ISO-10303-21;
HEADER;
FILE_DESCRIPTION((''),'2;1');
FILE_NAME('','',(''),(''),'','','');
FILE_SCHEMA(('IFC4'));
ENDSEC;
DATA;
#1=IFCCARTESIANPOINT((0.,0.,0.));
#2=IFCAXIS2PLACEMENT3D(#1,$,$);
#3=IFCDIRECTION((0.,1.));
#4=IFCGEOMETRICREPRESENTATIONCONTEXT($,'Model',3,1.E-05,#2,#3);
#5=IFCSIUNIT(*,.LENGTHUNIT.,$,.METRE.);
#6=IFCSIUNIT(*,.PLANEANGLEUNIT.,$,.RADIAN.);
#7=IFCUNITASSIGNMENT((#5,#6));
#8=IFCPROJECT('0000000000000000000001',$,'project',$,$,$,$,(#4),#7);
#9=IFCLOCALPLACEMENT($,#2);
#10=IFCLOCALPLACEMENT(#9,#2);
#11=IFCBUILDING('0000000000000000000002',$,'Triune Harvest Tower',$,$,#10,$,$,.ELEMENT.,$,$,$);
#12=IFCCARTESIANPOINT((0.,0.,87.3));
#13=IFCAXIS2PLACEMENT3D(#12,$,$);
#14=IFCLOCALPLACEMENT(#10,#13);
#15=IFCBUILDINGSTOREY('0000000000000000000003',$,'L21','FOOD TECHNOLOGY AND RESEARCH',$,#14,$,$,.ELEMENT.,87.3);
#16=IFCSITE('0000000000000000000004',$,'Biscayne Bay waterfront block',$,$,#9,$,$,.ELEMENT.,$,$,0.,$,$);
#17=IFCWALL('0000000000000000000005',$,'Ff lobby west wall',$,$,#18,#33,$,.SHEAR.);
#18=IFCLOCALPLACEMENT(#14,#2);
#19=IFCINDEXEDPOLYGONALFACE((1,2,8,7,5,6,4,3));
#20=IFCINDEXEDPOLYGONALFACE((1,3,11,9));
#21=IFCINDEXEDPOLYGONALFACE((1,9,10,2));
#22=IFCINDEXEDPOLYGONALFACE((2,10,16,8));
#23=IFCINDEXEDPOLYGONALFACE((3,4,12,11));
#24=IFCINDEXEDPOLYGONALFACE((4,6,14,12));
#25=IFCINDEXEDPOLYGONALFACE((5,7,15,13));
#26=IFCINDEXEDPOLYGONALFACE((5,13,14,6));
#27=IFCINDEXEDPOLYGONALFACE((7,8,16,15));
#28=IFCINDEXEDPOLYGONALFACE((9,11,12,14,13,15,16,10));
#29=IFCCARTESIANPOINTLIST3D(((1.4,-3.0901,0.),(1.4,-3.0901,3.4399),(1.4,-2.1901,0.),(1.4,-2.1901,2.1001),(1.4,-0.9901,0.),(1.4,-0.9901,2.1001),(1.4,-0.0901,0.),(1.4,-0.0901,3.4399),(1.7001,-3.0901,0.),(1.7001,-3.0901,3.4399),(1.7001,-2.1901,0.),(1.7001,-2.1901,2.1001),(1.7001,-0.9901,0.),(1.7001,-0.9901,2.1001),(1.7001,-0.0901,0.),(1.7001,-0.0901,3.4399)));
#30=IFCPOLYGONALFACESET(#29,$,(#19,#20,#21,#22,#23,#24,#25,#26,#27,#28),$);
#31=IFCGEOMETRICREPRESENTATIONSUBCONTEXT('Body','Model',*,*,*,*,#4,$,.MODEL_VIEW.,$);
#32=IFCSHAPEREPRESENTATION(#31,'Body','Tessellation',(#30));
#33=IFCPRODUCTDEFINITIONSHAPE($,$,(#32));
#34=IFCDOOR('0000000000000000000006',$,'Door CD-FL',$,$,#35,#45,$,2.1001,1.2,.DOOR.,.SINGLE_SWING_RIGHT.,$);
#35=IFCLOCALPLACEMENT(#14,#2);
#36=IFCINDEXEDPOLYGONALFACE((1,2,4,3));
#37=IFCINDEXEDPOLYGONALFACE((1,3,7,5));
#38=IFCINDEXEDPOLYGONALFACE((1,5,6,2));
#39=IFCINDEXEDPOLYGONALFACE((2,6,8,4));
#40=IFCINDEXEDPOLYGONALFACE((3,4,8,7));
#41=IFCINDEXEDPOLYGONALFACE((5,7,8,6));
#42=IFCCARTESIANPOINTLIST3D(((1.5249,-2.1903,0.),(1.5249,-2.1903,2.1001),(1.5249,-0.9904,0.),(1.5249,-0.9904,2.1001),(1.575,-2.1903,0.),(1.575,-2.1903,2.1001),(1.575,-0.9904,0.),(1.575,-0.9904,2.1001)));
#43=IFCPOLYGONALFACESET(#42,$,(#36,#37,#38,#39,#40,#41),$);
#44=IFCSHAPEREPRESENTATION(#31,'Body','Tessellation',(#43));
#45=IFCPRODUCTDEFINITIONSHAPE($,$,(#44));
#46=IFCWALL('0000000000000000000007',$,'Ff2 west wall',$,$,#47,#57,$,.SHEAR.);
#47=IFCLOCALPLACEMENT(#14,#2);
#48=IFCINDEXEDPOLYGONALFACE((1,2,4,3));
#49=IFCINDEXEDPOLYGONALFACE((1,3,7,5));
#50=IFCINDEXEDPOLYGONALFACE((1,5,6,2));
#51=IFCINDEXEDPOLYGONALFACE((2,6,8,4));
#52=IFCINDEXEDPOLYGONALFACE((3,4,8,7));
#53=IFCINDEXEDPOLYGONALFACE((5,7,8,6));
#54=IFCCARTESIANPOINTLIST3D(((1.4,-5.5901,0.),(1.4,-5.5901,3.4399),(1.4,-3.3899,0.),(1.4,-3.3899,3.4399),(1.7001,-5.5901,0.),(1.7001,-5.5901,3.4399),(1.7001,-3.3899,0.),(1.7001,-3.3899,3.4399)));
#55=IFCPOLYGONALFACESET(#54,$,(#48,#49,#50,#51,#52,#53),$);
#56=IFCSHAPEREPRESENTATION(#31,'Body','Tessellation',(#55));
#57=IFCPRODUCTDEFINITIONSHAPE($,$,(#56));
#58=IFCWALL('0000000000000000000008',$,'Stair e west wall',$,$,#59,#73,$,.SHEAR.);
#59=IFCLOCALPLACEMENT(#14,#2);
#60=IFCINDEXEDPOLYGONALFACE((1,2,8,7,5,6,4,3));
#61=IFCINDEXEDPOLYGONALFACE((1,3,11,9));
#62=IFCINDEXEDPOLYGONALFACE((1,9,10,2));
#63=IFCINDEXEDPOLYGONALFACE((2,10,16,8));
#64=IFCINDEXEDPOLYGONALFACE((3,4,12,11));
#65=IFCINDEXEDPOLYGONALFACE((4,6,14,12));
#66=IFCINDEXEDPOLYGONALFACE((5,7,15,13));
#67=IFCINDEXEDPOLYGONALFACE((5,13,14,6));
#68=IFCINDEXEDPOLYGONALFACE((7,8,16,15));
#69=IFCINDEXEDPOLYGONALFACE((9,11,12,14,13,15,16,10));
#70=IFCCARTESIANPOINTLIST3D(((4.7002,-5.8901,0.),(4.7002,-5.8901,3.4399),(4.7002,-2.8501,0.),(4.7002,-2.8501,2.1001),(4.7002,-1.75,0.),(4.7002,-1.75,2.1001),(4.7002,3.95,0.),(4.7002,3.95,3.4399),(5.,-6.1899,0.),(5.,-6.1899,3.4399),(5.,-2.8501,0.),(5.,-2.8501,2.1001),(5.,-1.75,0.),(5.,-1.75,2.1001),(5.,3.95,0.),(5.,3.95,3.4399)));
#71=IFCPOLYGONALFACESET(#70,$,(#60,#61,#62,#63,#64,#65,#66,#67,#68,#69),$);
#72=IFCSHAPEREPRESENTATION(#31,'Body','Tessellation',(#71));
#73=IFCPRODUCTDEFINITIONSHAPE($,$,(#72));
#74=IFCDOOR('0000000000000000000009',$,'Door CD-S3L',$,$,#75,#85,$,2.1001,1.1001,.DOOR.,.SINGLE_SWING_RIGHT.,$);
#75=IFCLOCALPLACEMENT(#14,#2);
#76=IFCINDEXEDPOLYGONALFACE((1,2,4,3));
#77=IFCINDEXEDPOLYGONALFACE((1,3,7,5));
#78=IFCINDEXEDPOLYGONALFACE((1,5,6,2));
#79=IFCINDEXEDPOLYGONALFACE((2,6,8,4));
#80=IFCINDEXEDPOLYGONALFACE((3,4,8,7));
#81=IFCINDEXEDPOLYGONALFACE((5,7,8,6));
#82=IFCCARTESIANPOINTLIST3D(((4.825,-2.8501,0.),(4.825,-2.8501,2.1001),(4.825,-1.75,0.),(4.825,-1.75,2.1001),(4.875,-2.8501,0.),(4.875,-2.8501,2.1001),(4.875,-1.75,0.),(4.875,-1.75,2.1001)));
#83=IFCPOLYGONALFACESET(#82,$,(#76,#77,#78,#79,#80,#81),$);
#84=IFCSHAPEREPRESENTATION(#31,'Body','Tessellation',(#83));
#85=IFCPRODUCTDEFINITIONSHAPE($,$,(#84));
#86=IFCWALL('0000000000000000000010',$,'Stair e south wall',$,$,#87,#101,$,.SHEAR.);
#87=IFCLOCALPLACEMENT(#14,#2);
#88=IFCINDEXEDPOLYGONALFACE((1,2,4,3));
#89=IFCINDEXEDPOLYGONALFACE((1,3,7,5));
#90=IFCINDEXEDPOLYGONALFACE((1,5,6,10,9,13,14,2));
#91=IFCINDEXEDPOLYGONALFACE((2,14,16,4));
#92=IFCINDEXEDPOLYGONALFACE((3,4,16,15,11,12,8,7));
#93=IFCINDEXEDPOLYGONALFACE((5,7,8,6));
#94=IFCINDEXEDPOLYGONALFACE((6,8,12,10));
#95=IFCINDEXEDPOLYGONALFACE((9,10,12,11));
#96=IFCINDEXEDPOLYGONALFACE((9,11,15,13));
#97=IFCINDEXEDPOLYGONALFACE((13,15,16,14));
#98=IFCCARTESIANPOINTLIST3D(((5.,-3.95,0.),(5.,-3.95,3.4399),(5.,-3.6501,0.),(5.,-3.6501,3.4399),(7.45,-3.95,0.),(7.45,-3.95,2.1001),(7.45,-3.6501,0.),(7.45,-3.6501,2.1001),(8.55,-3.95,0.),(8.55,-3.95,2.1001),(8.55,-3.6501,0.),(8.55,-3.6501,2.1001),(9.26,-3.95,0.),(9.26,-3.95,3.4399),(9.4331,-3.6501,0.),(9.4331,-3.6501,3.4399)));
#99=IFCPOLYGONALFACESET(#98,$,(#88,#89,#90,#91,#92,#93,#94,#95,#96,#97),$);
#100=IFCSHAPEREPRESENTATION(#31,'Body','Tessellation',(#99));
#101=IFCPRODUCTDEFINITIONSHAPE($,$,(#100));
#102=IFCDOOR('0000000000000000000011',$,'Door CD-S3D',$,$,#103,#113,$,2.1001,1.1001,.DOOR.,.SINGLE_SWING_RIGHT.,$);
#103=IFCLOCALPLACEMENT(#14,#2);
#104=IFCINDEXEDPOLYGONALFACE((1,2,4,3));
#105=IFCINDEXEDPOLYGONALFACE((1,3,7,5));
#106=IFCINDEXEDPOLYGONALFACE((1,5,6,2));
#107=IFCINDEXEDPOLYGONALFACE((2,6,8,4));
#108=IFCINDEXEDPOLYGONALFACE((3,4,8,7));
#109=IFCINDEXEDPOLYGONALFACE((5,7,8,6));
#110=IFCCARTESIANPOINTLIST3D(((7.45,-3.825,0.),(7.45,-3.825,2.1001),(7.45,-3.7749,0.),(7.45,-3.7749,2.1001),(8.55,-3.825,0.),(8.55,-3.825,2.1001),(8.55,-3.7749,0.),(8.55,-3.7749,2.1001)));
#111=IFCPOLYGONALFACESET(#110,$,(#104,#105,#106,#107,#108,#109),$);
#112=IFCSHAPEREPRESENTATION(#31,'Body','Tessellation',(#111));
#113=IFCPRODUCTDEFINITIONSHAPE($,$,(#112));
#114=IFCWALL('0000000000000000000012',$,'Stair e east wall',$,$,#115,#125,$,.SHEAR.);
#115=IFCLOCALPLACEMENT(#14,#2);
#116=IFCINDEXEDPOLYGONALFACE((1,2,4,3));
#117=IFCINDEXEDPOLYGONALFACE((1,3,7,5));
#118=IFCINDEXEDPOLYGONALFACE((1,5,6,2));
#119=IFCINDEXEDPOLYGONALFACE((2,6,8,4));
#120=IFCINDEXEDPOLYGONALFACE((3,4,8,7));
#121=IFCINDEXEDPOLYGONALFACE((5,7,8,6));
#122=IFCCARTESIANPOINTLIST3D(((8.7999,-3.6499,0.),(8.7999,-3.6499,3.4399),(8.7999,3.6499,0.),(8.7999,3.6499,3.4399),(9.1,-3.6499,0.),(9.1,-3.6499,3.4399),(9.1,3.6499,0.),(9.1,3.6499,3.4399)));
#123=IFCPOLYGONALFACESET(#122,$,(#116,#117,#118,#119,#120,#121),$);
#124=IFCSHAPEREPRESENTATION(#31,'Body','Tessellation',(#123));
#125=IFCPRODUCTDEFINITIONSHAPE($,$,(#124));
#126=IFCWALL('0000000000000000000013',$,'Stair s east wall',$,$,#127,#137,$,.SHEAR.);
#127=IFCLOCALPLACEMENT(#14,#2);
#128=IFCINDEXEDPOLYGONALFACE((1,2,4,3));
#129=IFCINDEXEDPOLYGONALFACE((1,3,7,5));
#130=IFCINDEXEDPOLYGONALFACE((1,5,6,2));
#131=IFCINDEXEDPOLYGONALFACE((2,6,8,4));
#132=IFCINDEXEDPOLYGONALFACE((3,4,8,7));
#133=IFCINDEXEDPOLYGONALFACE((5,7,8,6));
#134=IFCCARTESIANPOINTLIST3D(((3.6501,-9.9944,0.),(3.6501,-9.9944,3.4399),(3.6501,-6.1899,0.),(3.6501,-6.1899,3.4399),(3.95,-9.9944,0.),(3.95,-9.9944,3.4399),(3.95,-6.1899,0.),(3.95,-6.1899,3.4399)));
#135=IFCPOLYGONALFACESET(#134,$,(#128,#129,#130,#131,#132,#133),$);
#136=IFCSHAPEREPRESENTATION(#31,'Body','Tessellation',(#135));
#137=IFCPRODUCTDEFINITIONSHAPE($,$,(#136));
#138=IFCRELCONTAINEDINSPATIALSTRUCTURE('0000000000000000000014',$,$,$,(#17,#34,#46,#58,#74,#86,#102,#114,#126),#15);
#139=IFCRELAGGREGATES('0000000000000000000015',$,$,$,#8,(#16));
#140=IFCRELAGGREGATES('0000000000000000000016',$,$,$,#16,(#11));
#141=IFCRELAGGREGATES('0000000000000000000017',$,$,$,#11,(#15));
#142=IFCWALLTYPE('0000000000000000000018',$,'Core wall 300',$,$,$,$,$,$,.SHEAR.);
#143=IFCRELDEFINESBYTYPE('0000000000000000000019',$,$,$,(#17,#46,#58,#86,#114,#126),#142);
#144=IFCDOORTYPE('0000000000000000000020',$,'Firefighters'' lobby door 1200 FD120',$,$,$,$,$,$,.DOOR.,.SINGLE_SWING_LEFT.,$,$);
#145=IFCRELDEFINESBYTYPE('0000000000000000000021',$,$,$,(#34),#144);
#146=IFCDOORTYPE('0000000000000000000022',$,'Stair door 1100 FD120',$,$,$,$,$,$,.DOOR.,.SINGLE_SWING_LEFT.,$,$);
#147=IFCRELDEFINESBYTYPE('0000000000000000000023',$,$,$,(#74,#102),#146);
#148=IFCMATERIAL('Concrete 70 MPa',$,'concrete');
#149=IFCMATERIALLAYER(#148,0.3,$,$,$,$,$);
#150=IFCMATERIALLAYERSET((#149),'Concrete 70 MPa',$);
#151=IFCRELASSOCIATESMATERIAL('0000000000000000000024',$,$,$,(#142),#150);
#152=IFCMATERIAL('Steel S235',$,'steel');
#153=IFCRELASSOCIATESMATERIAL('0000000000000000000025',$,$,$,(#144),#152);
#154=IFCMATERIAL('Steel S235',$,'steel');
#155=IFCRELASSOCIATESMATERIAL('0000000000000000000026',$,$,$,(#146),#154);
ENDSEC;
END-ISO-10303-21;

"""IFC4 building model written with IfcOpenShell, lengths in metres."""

from ifc_helpers import new_model, si_unit, direction, frame, frame_2d, origin, place, context, subcontext, project, spatial, polyline, rectangle, outline, extrude, source, transform, mapped, material, layer, layer_set, type_object, element, fill, save


model = new_model("IFC4")

# Units and contexts
model_context = context("Model", 3, precision=1e-05, world=origin(), true_north=direction((0.0, 1.0)))
body_context = subcontext(model_context, "Body", "Model", "MODEL_VIEW")
ifc_project = project(units=[si_unit("LENGTHUNIT", "METRE"), si_unit("PLANEANGLEUNIT", "RADIAN")], contexts=[model_context])

# Site, building, storey
site_placement = place(None, origin())
site = spatial("IfcSite", under=ifc_project, at=site_placement, Name="Biscayne Bay waterfront block", CompositionType="ELEMENT", RefElevation=0.0)
building_placement = place(site_placement, origin())
building = spatial("IfcBuilding", under=site, at=building_placement, Name="Triune Harvest Tower", CompositionType="ELEMENT")
storey_placement = place(building_placement, frame((0.0, 0.0, 87.3)))
storey = spatial("IfcBuildingStorey", under=building, at=storey_placement, Name="L21", Description="FOOD TECHNOLOGY AND RESEARCH", CompositionType="ELEMENT", Elevation=87.3)

# Shared definitions
ifc_material_1 = material(Name="Concrete 70 MPa", Category="concrete")
ifc_layer_1 = layer(ifc_material_1, 0.3)
ifc_layer_set_1 = layer_set([ifc_layer_1], Name="Concrete 70 MPa")
wall_type_1 = type_object("IfcWallType", Name="Core wall 300", PredefinedType="SHEAR", material=ifc_layer_set_1)

# Wall, opening, door
shared_shape_1 = source(origin(), body_context, "Body", "SweptSolid", [
    extrude(rectangle(XDim=3.0, YDim=0.3, at=frame_2d((1.5, 0.0))), origin(), (0.0, 0.0, 1.0), 3.4399),
])
wall_1_placement = place(storey_placement, frame((1.55, -3.0901, 0.0), z_axis=(0.0, 0.0, 1.0), x_axis=(0.0, 1.0, 0.0)))
wall_1 = element("IfcWall", 1, at=wall_1_placement, inside=storey, type_object=wall_type_1, Name="Ff lobby west wall", PredefinedType="SHEAR", context=body_context, shape_type="MappedRepresentation", body=[
    mapped(shared_shape_1, transform((0.0, 0.0, 0.0), scale=1.0)),
])
opening_1_placement = place(wall_1_placement, frame((0.8999, 0.0, 0.0)))
opening_1 = element("IfcOpeningElement", 2, at=opening_1_placement, cuts=wall_1, PredefinedType="OPENING", context=body_context, shape_type="SweptSolid", body=[
    extrude(rectangle(XDim=1.2, YDim=2.1001, at=frame_2d((0.6001, 1.05))), frame((0.0, 0.1602, 0.0), z_axis=(0.0, -1.0, 0.0), x_axis=(1.0, 0.0, 0.0)), (0.0, 0.0, 1.0), 0.3201),
])
ifc_material_2 = material(Name="Steel S235", Category="steel")
door_type_1 = type_object("IfcDoorType", Name="Firefighters' lobby door 1200 FD120", OperationType="SINGLE_SWING_LEFT", PredefinedType="DOOR", material=ifc_material_2)
door_1_placement = place(opening_1_placement, frame((1.2, 0.0, 0.0), z_axis=(0.0, 0.0, 1.0), x_axis=(-1.0, 0.0, 0.0)))
door_1 = element("IfcDoor", 3, at=door_1_placement, inside=storey, type_object=door_type_1, Name="Door CD-FL", OperationType="SINGLE_SWING_RIGHT", OverallHeight=2.1001, OverallWidth=1.2, PredefinedType="DOOR", context=body_context, shape_type="SweptSolid", body=[
    extrude(rectangle(XDim=1.2, YDim=2.1001, at=frame_2d((0.6001, 1.05))), frame((0.0, 0.0249, 0.0), z_axis=(0.0, -1.0, 0.0), x_axis=(1.0, 0.0, 0.0)), (0.0, 0.0, 1.0), 0.05),
])
fill(opening_1, door_1)

# Wall
shared_shape_2 = source(origin(), body_context, "Body", "SweptSolid", [
    extrude(rectangle(XDim=2.2002, YDim=0.3, at=frame_2d((1.1001, 0.0))), origin(), (0.0, 0.0, 1.0), 3.4399),
])
wall_2_placement = place(storey_placement, frame((1.55, -5.5901, 0.0), z_axis=(0.0, 0.0, 1.0), x_axis=(0.0, 1.0, 0.0)))
element("IfcWall", 4, at=wall_2_placement, inside=storey, type_object=wall_type_1, Name="Ff2 west wall", PredefinedType="SHEAR", context=body_context, shape_type="MappedRepresentation", body=[
    mapped(shared_shape_2, transform((0.0, 0.0, 0.0), scale=1.0)),
])

# Walls, openings, doors
shared_shape_3 = source(origin(), body_context, "Body", "SweptSolid", [
    extrude(outline(polyline([(-0.1499, -0.1499), (9.99, -0.1499), (9.99, 0.1499), (0.1499, 0.1499), (-0.1499, -0.1499)])), origin(), (0.0, 0.0, 1.0), 3.4399),
])
wall_3_placement = place(storey_placement, frame((4.8501, -6.04, 0.0), z_axis=(0.0, 0.0, 1.0), x_axis=(0.0, 1.0, 0.0)))
wall_3 = element("IfcWall", 5, at=wall_3_placement, inside=storey, type_object=wall_type_1, Name="Stair e west wall", PredefinedType="SHEAR", context=body_context, shape_type="MappedRepresentation", body=[
    mapped(shared_shape_3, transform((0.0, 0.0, 0.0), scale=1.0)),
])
opening_2_placement = place(wall_3_placement, frame((3.1899, 0.0, 0.0)))
opening_2 = element("IfcOpeningElement", 6, at=opening_2_placement, cuts=wall_3, PredefinedType="OPENING", context=body_context, shape_type="SweptSolid", body=[
    extrude(rectangle(XDim=1.1001, YDim=2.1001, at=frame_2d((0.55, 1.05))), frame((0.0, 0.1602, 0.0), z_axis=(0.0, -1.0, 0.0), x_axis=(1.0, 0.0, 0.0)), (0.0, 0.0, 1.0), 0.3201),
])
ifc_material_3 = material(Name="Steel S235", Category="steel")
door_type_2 = type_object("IfcDoorType", Name="Stair door 1100 FD120", OperationType="SINGLE_SWING_LEFT", PredefinedType="DOOR", material=ifc_material_3)
door_2_placement = place(opening_2_placement, frame((1.1001, 0.0, 0.0), z_axis=(0.0, 0.0, 1.0), x_axis=(-1.0, 0.0, 0.0)))
door_2 = element("IfcDoor", 7, at=door_2_placement, inside=storey, type_object=door_type_2, Name="Door CD-S3L", OperationType="SINGLE_SWING_RIGHT", OverallHeight=2.1001, OverallWidth=1.1001, PredefinedType="DOOR", context=body_context, shape_type="SweptSolid", body=[
    extrude(rectangle(XDim=1.1001, YDim=2.1001, at=frame_2d((0.55, 1.05))), frame((0.0, 0.0249, 0.0), z_axis=(0.0, -1.0, 0.0), x_axis=(1.0, 0.0, 0.0)), (0.0, 0.0, 1.0), 0.05),
])
fill(opening_2, door_2)
shared_shape_4 = source(origin(), body_context, "Body", "SweptSolid", [
    extrude(outline(polyline([(0.0, -0.1499), (0.0, 0.1499), (4.4331, 0.1499), (4.26, -0.1499), (0.0, -0.1499)])), origin(), (0.0, 0.0, 1.0), 3.4399),
])
wall_4_placement = place(storey_placement, frame((5.0, -3.8, 0.0), z_axis=(0.0, 0.0, 1.0), x_axis=(1.0, 0.0, 0.0)))
wall_4 = element("IfcWall", 8, at=wall_4_placement, inside=storey, type_object=wall_type_1, Name="Stair e south wall", PredefinedType="SHEAR", context=body_context, shape_type="MappedRepresentation", body=[
    mapped(shared_shape_4, transform((0.0, 0.0, 0.0), scale=1.0)),
])
opening_3_placement = place(wall_4_placement, frame((2.45, 0.0, 0.0)))
opening_3 = element("IfcOpeningElement", 9, at=opening_3_placement, cuts=wall_4, PredefinedType="OPENING", context=body_context, shape_type="SweptSolid", body=[
    extrude(rectangle(XDim=1.1001, YDim=2.1001, at=frame_2d((0.55, 1.05))), frame((0.0, 0.1602, 0.0), z_axis=(0.0, -1.0, 0.0), x_axis=(1.0, 0.0, 0.0)), (0.0, 0.0, 1.0), 0.3201),
])
door_3_placement = place(opening_3_placement, frame((1.1001, 0.0, 0.0), z_axis=(0.0, 0.0, 1.0), x_axis=(-1.0, 0.0, 0.0)))
door_3 = element("IfcDoor", 10, at=door_3_placement, inside=storey, type_object=door_type_2, Name="Door CD-S3D", OperationType="SINGLE_SWING_RIGHT", OverallHeight=2.1001, OverallWidth=1.1001, PredefinedType="DOOR", context=body_context, shape_type="SweptSolid", body=[
    extrude(rectangle(XDim=1.1001, YDim=2.1001, at=frame_2d((0.55, 1.05))), frame((0.0, 0.0249, 0.0), z_axis=(0.0, -1.0, 0.0), x_axis=(1.0, 0.0, 0.0)), (0.0, 0.0, 1.0), 0.05),
])
fill(opening_3, door_3)

# Walls
shared_shape_5 = source(origin(), body_context, "Body", "SweptSolid", [
    extrude(rectangle(XDim=7.2998, YDim=0.3, at=frame_2d((3.6499, 0.0))), origin(), (0.0, 0.0, 1.0), 3.4399),
])
wall_5_placement = place(storey_placement, frame((8.95, -3.6499, 0.0), z_axis=(0.0, 0.0, 1.0), x_axis=(0.0, 1.0, 0.0)))
element("IfcWall", 11, at=wall_5_placement, inside=storey, type_object=wall_type_1, Name="Stair e east wall", PredefinedType="SHEAR", context=body_context, shape_type="MappedRepresentation", body=[
    mapped(shared_shape_5, transform((0.0, 0.0, 0.0), scale=1.0)),
])
shared_shape_6 = source(origin(), body_context, "Body", "SweptSolid", [
    extrude(outline(polyline([(3.8, -0.1499), (-0.0044, -0.1499), (-0.0044, 0.1499), (3.8, 0.1499), (3.8, -0.1499)])), origin(), (0.0, 0.0, 1.0), 3.4399),
])
wall_6_placement = place(storey_placement, frame((3.8, -9.99, 0.0), z_axis=(0.0, 0.0, 1.0), x_axis=(0.0, 1.0, 0.0)))
element("IfcWall", 12, at=wall_6_placement, inside=storey, type_object=wall_type_1, Name="Stair s east wall", PredefinedType="SHEAR", context=body_context, shape_type="MappedRepresentation", body=[
    mapped(shared_shape_6, transform((0.0, 0.0, 0.0), scale=1.0)),
])

save(model, "model.ifc")
